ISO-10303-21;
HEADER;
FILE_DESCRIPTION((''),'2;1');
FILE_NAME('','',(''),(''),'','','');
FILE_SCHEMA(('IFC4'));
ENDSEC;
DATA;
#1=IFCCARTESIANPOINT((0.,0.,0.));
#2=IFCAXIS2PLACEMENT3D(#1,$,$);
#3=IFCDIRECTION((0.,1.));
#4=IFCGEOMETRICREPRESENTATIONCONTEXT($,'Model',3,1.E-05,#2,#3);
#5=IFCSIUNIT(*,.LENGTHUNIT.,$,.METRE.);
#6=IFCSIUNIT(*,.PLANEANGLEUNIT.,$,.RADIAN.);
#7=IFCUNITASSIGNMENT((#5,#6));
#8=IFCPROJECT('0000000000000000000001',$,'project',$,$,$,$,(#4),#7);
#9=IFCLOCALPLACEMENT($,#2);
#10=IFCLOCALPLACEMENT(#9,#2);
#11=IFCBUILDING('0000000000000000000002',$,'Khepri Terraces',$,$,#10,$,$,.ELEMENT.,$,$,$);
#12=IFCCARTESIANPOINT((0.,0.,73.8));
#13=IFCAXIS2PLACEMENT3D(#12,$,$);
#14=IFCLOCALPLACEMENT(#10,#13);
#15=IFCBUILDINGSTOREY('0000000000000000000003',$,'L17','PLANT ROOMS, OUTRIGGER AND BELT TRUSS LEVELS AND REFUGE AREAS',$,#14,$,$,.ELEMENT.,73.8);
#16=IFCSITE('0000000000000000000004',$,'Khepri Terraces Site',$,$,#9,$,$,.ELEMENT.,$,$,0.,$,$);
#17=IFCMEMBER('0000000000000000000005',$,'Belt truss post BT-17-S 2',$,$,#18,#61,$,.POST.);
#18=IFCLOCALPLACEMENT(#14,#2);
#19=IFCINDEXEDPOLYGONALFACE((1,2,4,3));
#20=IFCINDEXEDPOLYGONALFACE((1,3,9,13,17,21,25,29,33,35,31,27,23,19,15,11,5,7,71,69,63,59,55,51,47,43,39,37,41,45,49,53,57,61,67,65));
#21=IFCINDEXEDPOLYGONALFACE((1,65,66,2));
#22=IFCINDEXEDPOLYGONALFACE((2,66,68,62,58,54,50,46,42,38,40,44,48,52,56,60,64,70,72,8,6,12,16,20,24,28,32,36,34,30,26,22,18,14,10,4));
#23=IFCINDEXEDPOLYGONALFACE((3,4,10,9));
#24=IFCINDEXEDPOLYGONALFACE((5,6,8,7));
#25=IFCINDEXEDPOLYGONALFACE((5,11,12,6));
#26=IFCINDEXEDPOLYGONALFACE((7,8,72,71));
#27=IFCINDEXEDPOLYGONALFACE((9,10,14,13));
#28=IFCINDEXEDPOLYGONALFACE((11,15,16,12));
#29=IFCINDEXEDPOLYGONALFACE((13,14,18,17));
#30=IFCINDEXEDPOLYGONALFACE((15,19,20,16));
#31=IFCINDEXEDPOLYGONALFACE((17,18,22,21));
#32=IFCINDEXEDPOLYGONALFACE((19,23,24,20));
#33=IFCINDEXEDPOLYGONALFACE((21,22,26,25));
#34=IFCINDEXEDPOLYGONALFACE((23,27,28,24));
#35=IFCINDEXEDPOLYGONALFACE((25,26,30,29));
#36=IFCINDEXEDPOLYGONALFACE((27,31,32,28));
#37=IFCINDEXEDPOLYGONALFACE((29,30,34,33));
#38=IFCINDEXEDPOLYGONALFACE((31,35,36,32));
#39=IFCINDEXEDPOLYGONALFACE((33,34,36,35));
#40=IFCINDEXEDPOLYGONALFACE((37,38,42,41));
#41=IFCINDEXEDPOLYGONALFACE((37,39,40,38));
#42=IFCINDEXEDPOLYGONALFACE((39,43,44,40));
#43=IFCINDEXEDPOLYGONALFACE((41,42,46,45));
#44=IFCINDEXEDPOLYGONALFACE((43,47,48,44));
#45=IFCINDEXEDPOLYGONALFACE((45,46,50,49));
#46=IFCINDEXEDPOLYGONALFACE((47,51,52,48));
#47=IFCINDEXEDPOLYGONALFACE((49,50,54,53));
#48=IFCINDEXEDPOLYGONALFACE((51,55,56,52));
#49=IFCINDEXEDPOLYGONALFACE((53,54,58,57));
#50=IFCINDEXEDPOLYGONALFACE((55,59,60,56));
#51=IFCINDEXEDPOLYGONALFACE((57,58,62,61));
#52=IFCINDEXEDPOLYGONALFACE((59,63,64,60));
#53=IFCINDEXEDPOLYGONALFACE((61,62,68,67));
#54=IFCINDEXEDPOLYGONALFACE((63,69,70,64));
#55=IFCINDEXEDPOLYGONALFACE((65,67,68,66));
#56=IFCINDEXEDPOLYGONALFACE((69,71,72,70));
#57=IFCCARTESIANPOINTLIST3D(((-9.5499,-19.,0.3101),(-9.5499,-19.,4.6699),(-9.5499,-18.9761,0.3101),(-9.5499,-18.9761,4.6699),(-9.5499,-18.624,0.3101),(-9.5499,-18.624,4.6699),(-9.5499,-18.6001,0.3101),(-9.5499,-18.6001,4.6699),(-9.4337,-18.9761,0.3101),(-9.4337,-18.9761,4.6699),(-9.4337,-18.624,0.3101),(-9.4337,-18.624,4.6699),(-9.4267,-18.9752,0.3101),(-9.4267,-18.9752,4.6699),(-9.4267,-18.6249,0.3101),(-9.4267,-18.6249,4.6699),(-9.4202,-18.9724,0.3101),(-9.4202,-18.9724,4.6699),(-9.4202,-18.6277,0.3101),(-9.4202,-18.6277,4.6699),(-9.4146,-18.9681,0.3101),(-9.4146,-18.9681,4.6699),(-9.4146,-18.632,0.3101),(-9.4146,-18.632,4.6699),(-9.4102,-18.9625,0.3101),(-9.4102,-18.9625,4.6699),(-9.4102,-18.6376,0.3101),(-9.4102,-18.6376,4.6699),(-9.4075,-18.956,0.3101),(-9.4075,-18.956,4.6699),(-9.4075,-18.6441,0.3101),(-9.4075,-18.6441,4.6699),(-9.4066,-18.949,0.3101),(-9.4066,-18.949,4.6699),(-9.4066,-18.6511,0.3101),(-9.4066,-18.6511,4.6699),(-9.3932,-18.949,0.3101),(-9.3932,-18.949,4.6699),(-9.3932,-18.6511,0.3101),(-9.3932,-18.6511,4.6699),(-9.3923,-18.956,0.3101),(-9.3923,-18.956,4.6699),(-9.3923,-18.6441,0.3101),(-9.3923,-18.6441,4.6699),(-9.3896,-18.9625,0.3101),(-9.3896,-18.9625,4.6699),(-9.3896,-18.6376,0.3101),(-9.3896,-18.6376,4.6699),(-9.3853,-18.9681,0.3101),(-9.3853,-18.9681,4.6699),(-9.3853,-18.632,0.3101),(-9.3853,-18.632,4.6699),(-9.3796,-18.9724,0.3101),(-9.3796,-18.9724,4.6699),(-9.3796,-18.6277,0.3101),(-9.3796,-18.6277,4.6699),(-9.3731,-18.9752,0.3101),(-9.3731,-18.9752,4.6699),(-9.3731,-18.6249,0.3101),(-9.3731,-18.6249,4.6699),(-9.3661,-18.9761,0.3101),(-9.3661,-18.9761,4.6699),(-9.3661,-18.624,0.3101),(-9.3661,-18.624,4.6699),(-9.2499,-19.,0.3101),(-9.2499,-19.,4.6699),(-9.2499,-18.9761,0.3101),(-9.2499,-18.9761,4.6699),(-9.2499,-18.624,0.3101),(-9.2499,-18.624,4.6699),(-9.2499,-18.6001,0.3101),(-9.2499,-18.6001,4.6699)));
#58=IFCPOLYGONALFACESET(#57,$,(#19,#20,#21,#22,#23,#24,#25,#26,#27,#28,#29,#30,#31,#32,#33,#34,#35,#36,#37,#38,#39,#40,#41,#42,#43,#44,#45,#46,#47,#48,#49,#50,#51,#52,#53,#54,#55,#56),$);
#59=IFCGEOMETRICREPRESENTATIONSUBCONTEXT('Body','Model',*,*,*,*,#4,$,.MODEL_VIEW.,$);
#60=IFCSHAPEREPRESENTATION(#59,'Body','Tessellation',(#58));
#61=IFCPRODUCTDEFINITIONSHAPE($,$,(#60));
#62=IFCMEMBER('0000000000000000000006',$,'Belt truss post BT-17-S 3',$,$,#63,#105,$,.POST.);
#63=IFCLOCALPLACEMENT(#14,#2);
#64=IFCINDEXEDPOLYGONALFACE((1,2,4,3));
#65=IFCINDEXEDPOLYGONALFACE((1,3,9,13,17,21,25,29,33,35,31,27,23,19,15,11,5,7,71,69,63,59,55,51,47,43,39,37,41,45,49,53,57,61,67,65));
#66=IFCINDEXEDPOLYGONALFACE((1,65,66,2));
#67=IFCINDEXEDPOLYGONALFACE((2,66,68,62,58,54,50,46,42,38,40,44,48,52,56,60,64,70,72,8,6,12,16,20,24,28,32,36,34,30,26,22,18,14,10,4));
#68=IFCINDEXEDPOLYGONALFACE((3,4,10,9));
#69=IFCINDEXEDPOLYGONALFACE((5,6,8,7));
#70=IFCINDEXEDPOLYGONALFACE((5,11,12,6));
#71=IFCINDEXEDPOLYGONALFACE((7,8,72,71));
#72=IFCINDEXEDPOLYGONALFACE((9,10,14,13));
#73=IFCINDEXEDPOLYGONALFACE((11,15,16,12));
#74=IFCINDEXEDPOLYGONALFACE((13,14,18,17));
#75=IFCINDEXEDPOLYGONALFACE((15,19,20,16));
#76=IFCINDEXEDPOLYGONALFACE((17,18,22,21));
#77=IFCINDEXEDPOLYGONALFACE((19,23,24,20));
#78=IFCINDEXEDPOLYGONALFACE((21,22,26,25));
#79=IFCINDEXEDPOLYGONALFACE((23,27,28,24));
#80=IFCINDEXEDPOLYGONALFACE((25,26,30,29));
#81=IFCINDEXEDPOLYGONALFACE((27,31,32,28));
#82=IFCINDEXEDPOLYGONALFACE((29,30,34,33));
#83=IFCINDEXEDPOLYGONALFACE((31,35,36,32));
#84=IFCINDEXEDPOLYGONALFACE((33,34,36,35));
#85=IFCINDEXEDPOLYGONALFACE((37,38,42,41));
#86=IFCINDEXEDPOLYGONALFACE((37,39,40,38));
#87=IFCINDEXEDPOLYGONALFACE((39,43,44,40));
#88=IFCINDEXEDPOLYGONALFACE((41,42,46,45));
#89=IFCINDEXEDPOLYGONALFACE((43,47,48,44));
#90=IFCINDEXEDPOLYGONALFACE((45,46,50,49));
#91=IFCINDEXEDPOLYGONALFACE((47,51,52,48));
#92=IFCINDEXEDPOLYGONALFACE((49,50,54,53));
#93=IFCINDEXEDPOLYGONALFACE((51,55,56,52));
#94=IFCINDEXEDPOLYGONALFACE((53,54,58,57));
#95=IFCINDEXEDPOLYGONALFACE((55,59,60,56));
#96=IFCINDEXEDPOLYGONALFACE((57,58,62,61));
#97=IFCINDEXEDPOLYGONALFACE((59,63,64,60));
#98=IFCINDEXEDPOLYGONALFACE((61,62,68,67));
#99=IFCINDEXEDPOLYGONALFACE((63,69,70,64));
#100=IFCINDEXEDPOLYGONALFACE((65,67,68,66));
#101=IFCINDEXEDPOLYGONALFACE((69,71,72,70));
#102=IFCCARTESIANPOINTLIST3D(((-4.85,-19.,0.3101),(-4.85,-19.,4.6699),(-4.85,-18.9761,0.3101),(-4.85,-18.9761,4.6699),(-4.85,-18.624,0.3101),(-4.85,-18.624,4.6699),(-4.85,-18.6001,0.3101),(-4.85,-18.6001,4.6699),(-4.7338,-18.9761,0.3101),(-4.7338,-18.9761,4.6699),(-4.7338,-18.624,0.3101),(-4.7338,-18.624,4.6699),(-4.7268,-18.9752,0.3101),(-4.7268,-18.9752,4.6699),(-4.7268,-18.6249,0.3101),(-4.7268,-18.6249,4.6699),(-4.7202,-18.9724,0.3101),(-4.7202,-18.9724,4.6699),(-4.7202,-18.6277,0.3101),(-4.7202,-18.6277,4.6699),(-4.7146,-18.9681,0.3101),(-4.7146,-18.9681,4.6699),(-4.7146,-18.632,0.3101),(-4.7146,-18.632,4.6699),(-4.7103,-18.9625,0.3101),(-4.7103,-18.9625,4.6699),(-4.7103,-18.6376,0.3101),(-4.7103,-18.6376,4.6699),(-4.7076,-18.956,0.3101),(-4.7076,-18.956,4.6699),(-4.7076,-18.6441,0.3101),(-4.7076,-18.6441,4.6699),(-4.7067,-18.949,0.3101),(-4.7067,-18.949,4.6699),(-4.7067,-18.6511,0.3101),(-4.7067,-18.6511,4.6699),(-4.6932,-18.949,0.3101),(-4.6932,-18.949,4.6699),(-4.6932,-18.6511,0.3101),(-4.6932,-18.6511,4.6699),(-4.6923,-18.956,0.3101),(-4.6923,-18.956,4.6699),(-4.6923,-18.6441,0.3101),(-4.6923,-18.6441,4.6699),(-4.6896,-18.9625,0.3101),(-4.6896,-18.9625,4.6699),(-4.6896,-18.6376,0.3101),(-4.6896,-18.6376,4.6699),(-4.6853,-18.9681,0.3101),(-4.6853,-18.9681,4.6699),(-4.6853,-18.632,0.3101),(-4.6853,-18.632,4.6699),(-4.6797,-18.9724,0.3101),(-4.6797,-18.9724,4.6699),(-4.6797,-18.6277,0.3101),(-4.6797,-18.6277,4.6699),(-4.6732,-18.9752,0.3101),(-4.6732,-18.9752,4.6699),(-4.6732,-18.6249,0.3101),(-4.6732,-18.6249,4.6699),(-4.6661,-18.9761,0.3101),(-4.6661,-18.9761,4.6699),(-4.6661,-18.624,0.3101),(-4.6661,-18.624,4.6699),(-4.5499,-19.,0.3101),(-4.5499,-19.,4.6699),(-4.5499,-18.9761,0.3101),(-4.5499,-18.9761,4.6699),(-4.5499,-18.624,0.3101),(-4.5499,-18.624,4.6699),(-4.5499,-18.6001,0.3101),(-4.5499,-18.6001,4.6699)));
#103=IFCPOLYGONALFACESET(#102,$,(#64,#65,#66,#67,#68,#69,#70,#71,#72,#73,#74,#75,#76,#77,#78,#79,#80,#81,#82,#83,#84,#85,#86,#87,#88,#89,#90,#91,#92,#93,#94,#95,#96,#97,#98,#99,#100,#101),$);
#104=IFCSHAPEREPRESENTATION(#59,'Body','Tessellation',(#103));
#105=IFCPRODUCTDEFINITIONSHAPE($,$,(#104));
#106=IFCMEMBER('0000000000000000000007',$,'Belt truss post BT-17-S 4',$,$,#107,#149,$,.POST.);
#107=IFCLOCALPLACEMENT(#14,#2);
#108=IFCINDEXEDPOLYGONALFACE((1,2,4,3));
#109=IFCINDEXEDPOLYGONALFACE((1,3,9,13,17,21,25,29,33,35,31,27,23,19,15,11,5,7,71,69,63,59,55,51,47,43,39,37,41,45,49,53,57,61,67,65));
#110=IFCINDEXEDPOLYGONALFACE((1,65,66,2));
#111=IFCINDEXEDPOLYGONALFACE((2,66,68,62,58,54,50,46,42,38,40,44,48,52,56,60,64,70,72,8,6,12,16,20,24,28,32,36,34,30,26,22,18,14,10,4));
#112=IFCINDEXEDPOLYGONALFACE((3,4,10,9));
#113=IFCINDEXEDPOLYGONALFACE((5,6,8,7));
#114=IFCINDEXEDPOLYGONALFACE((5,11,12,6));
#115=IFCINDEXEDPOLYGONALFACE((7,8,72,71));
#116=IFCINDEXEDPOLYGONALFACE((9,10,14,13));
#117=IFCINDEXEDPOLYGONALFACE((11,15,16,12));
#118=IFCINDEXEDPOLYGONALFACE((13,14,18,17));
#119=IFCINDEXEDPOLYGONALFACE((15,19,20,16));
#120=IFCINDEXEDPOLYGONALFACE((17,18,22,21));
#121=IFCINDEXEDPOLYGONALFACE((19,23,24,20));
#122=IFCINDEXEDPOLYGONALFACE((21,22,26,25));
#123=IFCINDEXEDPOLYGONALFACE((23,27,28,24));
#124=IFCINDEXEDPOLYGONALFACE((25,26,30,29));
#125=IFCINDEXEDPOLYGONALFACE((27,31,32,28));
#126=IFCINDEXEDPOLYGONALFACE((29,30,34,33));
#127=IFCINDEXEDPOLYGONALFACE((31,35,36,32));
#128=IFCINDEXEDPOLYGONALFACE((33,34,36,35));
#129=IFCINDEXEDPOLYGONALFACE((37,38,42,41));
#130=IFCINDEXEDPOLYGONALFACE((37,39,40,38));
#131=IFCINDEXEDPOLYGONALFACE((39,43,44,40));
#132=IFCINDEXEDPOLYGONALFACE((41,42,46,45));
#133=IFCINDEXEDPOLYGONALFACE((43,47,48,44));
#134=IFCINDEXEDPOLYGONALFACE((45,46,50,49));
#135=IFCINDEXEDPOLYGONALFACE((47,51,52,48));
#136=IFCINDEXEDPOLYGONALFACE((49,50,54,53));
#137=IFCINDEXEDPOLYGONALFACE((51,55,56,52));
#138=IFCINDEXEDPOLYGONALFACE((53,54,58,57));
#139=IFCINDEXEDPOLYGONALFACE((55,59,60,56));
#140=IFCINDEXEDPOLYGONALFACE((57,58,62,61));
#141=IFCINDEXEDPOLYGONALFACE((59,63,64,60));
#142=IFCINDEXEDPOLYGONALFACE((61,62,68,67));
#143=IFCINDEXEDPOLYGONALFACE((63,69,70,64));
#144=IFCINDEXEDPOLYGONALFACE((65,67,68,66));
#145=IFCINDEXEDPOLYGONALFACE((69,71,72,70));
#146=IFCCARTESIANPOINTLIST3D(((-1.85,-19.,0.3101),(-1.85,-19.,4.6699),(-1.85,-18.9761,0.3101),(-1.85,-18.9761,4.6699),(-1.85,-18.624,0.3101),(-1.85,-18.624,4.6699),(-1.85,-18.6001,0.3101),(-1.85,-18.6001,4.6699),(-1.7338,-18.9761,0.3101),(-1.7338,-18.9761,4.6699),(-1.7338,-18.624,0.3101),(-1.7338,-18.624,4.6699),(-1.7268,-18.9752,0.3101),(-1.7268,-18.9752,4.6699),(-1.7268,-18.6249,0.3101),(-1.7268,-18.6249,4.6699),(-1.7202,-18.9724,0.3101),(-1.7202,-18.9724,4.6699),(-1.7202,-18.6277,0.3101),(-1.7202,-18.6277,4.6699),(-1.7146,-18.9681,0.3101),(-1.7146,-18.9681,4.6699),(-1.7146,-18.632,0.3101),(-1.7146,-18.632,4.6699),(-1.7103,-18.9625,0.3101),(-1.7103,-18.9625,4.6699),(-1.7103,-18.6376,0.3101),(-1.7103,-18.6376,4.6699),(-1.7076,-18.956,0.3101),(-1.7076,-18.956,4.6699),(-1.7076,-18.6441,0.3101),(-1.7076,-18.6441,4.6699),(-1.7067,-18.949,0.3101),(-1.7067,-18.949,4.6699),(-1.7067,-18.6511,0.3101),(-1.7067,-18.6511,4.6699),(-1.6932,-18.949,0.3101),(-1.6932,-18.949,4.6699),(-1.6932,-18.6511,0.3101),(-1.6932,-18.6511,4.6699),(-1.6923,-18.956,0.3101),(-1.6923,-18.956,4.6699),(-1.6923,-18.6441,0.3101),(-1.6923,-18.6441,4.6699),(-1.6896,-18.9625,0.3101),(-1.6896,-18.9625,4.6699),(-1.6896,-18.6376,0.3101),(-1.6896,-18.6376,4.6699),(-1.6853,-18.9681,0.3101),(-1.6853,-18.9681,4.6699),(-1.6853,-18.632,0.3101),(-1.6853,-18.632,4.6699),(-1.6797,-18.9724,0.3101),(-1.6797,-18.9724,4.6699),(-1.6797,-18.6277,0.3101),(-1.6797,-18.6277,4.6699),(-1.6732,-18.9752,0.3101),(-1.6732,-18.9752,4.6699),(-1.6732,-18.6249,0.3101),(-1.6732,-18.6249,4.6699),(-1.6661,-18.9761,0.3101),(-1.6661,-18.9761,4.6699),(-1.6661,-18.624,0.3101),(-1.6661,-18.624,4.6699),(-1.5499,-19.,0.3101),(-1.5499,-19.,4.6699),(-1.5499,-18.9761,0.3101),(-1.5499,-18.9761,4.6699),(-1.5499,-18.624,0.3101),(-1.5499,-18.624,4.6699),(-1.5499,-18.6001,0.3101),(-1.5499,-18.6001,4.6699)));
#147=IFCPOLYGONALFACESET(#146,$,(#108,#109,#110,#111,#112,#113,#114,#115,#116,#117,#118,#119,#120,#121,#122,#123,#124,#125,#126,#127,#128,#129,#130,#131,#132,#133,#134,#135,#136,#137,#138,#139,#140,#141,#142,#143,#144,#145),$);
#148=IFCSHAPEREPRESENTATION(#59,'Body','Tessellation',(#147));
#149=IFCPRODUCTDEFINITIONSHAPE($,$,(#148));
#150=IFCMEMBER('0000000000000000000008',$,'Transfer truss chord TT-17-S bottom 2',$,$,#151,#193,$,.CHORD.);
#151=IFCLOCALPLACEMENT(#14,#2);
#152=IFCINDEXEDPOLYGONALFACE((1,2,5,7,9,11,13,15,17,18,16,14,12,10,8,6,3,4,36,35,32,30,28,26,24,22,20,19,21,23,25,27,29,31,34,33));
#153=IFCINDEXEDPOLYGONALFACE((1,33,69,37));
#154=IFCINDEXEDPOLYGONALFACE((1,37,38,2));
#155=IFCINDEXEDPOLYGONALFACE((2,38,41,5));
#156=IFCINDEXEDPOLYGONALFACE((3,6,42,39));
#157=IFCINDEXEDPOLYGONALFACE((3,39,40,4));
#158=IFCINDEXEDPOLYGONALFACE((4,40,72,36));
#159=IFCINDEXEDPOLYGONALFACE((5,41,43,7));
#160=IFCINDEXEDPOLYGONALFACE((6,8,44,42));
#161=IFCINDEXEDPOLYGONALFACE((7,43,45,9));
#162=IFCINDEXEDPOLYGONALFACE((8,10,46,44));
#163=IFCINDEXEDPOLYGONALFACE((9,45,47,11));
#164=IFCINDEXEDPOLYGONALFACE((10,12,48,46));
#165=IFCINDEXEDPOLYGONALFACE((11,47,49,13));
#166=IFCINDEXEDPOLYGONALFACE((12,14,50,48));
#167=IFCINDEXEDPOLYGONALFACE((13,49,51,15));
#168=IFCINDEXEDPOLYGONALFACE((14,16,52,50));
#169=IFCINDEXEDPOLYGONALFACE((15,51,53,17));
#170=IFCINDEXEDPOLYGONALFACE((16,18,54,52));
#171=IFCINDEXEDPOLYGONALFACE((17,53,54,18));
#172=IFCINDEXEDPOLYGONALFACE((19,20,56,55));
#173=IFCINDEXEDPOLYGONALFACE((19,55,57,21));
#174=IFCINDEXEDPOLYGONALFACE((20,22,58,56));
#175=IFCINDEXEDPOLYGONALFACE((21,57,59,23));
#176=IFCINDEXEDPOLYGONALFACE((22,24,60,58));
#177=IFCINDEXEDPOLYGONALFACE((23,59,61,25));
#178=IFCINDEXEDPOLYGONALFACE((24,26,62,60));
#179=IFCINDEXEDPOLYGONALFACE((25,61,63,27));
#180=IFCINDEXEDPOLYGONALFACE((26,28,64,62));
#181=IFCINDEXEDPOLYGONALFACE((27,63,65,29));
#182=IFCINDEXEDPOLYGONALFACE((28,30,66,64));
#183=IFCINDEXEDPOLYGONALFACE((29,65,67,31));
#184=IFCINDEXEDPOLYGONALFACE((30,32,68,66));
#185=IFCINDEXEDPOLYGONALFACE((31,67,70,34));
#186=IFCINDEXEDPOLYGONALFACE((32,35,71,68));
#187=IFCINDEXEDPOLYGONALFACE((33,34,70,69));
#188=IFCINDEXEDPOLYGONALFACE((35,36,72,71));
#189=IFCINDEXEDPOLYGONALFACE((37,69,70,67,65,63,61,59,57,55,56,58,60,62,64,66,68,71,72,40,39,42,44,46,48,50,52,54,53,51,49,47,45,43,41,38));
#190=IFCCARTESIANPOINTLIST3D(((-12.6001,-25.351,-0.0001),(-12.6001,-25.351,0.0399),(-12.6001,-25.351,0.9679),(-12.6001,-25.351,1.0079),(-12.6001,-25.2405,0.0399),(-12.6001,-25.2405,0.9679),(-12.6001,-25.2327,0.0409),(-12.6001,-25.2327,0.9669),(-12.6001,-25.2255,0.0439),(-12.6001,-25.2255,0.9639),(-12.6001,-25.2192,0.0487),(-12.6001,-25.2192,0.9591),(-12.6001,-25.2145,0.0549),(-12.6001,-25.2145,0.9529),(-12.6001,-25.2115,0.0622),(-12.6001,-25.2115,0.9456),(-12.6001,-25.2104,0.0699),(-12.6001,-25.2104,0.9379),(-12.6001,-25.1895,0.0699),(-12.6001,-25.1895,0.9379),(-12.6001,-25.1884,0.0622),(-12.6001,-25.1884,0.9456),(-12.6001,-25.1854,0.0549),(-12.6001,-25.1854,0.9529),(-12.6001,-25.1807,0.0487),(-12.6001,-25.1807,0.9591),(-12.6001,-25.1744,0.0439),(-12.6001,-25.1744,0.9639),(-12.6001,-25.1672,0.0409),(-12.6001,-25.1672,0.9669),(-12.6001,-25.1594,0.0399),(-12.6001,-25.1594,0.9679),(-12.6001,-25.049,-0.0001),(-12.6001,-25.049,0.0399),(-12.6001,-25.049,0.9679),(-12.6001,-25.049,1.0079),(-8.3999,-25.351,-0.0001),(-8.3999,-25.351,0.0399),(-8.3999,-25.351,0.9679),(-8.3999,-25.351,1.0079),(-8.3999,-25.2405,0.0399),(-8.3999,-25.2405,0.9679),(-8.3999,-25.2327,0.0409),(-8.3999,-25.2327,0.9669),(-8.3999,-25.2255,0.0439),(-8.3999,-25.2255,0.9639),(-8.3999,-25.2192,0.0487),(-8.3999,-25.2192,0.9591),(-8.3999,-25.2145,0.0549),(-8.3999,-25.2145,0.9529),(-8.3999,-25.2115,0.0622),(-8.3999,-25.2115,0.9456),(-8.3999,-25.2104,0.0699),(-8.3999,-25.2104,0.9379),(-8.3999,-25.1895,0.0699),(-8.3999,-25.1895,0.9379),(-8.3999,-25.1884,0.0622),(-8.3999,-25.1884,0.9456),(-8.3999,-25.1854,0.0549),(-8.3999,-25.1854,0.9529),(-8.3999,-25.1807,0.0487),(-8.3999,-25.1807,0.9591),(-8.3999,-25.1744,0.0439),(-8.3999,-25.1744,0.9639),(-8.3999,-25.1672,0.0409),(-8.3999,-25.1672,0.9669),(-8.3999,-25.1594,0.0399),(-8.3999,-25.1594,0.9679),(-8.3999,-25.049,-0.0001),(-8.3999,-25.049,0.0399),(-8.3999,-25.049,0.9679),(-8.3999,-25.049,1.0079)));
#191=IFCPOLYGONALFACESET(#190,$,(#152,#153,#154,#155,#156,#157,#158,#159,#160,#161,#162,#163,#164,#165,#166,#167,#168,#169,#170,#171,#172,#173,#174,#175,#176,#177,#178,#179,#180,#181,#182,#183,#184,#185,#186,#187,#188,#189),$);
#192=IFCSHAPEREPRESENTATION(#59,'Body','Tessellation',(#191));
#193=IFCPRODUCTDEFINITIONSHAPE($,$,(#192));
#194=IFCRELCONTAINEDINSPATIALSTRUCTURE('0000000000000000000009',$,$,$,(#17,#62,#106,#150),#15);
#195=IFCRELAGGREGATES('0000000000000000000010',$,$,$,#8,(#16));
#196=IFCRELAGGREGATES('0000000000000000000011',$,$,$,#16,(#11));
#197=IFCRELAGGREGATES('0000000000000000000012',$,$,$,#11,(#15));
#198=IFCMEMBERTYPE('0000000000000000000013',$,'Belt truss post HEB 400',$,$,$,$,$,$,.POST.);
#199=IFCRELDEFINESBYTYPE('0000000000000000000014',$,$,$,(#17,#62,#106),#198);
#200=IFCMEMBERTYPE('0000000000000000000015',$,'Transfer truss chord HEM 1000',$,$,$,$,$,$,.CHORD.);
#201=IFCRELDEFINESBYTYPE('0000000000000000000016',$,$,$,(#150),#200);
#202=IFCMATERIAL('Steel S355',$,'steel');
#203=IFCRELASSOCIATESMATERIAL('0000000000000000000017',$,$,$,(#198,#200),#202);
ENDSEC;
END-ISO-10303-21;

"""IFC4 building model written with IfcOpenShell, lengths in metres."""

from ifc_helpers import new_model, si_unit, direction, frame, origin, origin_2d, place, context, subcontext, project, spatial, i_section, extrude, material, material_profile, profile_set, type_object, element, save


model = new_model("IFC4")

# Units and contexts
model_context = context("Model", 3, precision=1e-05, world=origin(), true_north=direction((0.0, 1.0)))
body_context = subcontext(model_context, "Body", "Model", "MODEL_VIEW")
ifc_project = project(units=[si_unit("LENGTHUNIT", "METRE"), si_unit("PLANEANGLEUNIT", "RADIAN")], contexts=[model_context])

# Site, building, storey
site_placement = place(None, origin())
site = spatial("IfcSite", under=ifc_project, at=site_placement, Name="Khepri Terraces Site", CompositionType="ELEMENT", RefElevation=0.0)
building_placement = place(site_placement, origin())
building = spatial("IfcBuilding", under=site, at=building_placement, Name="Khepri Terraces", CompositionType="ELEMENT")
storey_placement = place(building_placement, frame((0.0, 0.0, 73.8)))
storey = spatial("IfcBuildingStorey", under=building, at=storey_placement, Name="L17", Description="PLANT ROOMS, OUTRIGGER AND BELT TRUSS LEVELS AND REFUGE AREAS", CompositionType="ELEMENT", Elevation=73.8)

# Members
ifc_material_1 = material(Name="Steel S355", Category="steel")
ifc_material_profile_1 = material_profile(ifc_material_1, i_section(OverallWidth=0.3, OverallDepth=0.3999, WebThickness=0.0134, FlangeThickness=0.0239, FilletRadius=0.0271, at=origin_2d()), Name="Steel S355", Category="steel")
ifc_profile_set_1 = profile_set([ifc_material_profile_1], Name="Steel S355")
member_type_1 = type_object("IfcMemberType", Name="Belt truss post HEB 400", PredefinedType="POST", material=ifc_profile_set_1)
for number, where, z_axis, x_axis, name in (
    (1, (-9.3999, -18.8, 0.3101), (0.0, 0.0, 1.0), (1.0, 0.0, 0.0), "Belt truss post BT-17-S 2"),
    (2, (-4.7, -18.8, 0.3101), (0.0, 0.0, 1.0), (1.0, 0.0, 0.0), "Belt truss post BT-17-S 3"),
    (3, (-1.7, -18.8, 0.3101), (0.0, 0.0, 1.0), (1.0, 0.0, 0.0), "Belt truss post BT-17-S 4"),
):
    element("IfcMember", number, at=place(storey_placement, frame(where, z_axis=z_axis, x_axis=x_axis)), inside=storey, type_object=member_type_1, Name=name, PredefinedType="POST", context=body_context, shape_type="SweptSolid", body=[
        extrude(i_section(OverallWidth=0.3, OverallDepth=0.3999, WebThickness=0.0134, FlangeThickness=0.0239, FilletRadius=0.0271, at=origin_2d()), origin(), (0.0, 0.0, 1.0), 4.3599),
    ])
ifc_material_profile_2 = material_profile(ifc_material_1, i_section(OverallWidth=0.302, OverallDepth=1.0081, WebThickness=0.021, FlangeThickness=0.04, FilletRadius=0.03, at=origin_2d()), Name="Steel S355", Category="steel")
ifc_profile_set_2 = profile_set([ifc_material_profile_2], Name="Steel S355")
member_type_2 = type_object("IfcMemberType", Name="Transfer truss chord HEM 1000", PredefinedType="CHORD", material=ifc_profile_set_2)
for number, where, z_axis, x_axis, name in (
    (4, (-12.6001, -25.2, 0.5039), (1.0, 0.0, 0.0), (0.0, 1.0, 0.0), "Transfer truss chord TT-17-S bottom 2"),
):
    element("IfcMember", number, at=place(storey_placement, frame(where, z_axis=z_axis, x_axis=x_axis)), inside=storey, type_object=member_type_2, Name=name, PredefinedType="CHORD", context=body_context, shape_type="SweptSolid", body=[
        extrude(i_section(OverallWidth=0.302, OverallDepth=1.0081, WebThickness=0.021, FlangeThickness=0.04, FilletRadius=0.03, at=origin_2d()), origin(), (0.0, 0.0, 1.0), 4.2002),
    ])

save(model, "model.ifc")
